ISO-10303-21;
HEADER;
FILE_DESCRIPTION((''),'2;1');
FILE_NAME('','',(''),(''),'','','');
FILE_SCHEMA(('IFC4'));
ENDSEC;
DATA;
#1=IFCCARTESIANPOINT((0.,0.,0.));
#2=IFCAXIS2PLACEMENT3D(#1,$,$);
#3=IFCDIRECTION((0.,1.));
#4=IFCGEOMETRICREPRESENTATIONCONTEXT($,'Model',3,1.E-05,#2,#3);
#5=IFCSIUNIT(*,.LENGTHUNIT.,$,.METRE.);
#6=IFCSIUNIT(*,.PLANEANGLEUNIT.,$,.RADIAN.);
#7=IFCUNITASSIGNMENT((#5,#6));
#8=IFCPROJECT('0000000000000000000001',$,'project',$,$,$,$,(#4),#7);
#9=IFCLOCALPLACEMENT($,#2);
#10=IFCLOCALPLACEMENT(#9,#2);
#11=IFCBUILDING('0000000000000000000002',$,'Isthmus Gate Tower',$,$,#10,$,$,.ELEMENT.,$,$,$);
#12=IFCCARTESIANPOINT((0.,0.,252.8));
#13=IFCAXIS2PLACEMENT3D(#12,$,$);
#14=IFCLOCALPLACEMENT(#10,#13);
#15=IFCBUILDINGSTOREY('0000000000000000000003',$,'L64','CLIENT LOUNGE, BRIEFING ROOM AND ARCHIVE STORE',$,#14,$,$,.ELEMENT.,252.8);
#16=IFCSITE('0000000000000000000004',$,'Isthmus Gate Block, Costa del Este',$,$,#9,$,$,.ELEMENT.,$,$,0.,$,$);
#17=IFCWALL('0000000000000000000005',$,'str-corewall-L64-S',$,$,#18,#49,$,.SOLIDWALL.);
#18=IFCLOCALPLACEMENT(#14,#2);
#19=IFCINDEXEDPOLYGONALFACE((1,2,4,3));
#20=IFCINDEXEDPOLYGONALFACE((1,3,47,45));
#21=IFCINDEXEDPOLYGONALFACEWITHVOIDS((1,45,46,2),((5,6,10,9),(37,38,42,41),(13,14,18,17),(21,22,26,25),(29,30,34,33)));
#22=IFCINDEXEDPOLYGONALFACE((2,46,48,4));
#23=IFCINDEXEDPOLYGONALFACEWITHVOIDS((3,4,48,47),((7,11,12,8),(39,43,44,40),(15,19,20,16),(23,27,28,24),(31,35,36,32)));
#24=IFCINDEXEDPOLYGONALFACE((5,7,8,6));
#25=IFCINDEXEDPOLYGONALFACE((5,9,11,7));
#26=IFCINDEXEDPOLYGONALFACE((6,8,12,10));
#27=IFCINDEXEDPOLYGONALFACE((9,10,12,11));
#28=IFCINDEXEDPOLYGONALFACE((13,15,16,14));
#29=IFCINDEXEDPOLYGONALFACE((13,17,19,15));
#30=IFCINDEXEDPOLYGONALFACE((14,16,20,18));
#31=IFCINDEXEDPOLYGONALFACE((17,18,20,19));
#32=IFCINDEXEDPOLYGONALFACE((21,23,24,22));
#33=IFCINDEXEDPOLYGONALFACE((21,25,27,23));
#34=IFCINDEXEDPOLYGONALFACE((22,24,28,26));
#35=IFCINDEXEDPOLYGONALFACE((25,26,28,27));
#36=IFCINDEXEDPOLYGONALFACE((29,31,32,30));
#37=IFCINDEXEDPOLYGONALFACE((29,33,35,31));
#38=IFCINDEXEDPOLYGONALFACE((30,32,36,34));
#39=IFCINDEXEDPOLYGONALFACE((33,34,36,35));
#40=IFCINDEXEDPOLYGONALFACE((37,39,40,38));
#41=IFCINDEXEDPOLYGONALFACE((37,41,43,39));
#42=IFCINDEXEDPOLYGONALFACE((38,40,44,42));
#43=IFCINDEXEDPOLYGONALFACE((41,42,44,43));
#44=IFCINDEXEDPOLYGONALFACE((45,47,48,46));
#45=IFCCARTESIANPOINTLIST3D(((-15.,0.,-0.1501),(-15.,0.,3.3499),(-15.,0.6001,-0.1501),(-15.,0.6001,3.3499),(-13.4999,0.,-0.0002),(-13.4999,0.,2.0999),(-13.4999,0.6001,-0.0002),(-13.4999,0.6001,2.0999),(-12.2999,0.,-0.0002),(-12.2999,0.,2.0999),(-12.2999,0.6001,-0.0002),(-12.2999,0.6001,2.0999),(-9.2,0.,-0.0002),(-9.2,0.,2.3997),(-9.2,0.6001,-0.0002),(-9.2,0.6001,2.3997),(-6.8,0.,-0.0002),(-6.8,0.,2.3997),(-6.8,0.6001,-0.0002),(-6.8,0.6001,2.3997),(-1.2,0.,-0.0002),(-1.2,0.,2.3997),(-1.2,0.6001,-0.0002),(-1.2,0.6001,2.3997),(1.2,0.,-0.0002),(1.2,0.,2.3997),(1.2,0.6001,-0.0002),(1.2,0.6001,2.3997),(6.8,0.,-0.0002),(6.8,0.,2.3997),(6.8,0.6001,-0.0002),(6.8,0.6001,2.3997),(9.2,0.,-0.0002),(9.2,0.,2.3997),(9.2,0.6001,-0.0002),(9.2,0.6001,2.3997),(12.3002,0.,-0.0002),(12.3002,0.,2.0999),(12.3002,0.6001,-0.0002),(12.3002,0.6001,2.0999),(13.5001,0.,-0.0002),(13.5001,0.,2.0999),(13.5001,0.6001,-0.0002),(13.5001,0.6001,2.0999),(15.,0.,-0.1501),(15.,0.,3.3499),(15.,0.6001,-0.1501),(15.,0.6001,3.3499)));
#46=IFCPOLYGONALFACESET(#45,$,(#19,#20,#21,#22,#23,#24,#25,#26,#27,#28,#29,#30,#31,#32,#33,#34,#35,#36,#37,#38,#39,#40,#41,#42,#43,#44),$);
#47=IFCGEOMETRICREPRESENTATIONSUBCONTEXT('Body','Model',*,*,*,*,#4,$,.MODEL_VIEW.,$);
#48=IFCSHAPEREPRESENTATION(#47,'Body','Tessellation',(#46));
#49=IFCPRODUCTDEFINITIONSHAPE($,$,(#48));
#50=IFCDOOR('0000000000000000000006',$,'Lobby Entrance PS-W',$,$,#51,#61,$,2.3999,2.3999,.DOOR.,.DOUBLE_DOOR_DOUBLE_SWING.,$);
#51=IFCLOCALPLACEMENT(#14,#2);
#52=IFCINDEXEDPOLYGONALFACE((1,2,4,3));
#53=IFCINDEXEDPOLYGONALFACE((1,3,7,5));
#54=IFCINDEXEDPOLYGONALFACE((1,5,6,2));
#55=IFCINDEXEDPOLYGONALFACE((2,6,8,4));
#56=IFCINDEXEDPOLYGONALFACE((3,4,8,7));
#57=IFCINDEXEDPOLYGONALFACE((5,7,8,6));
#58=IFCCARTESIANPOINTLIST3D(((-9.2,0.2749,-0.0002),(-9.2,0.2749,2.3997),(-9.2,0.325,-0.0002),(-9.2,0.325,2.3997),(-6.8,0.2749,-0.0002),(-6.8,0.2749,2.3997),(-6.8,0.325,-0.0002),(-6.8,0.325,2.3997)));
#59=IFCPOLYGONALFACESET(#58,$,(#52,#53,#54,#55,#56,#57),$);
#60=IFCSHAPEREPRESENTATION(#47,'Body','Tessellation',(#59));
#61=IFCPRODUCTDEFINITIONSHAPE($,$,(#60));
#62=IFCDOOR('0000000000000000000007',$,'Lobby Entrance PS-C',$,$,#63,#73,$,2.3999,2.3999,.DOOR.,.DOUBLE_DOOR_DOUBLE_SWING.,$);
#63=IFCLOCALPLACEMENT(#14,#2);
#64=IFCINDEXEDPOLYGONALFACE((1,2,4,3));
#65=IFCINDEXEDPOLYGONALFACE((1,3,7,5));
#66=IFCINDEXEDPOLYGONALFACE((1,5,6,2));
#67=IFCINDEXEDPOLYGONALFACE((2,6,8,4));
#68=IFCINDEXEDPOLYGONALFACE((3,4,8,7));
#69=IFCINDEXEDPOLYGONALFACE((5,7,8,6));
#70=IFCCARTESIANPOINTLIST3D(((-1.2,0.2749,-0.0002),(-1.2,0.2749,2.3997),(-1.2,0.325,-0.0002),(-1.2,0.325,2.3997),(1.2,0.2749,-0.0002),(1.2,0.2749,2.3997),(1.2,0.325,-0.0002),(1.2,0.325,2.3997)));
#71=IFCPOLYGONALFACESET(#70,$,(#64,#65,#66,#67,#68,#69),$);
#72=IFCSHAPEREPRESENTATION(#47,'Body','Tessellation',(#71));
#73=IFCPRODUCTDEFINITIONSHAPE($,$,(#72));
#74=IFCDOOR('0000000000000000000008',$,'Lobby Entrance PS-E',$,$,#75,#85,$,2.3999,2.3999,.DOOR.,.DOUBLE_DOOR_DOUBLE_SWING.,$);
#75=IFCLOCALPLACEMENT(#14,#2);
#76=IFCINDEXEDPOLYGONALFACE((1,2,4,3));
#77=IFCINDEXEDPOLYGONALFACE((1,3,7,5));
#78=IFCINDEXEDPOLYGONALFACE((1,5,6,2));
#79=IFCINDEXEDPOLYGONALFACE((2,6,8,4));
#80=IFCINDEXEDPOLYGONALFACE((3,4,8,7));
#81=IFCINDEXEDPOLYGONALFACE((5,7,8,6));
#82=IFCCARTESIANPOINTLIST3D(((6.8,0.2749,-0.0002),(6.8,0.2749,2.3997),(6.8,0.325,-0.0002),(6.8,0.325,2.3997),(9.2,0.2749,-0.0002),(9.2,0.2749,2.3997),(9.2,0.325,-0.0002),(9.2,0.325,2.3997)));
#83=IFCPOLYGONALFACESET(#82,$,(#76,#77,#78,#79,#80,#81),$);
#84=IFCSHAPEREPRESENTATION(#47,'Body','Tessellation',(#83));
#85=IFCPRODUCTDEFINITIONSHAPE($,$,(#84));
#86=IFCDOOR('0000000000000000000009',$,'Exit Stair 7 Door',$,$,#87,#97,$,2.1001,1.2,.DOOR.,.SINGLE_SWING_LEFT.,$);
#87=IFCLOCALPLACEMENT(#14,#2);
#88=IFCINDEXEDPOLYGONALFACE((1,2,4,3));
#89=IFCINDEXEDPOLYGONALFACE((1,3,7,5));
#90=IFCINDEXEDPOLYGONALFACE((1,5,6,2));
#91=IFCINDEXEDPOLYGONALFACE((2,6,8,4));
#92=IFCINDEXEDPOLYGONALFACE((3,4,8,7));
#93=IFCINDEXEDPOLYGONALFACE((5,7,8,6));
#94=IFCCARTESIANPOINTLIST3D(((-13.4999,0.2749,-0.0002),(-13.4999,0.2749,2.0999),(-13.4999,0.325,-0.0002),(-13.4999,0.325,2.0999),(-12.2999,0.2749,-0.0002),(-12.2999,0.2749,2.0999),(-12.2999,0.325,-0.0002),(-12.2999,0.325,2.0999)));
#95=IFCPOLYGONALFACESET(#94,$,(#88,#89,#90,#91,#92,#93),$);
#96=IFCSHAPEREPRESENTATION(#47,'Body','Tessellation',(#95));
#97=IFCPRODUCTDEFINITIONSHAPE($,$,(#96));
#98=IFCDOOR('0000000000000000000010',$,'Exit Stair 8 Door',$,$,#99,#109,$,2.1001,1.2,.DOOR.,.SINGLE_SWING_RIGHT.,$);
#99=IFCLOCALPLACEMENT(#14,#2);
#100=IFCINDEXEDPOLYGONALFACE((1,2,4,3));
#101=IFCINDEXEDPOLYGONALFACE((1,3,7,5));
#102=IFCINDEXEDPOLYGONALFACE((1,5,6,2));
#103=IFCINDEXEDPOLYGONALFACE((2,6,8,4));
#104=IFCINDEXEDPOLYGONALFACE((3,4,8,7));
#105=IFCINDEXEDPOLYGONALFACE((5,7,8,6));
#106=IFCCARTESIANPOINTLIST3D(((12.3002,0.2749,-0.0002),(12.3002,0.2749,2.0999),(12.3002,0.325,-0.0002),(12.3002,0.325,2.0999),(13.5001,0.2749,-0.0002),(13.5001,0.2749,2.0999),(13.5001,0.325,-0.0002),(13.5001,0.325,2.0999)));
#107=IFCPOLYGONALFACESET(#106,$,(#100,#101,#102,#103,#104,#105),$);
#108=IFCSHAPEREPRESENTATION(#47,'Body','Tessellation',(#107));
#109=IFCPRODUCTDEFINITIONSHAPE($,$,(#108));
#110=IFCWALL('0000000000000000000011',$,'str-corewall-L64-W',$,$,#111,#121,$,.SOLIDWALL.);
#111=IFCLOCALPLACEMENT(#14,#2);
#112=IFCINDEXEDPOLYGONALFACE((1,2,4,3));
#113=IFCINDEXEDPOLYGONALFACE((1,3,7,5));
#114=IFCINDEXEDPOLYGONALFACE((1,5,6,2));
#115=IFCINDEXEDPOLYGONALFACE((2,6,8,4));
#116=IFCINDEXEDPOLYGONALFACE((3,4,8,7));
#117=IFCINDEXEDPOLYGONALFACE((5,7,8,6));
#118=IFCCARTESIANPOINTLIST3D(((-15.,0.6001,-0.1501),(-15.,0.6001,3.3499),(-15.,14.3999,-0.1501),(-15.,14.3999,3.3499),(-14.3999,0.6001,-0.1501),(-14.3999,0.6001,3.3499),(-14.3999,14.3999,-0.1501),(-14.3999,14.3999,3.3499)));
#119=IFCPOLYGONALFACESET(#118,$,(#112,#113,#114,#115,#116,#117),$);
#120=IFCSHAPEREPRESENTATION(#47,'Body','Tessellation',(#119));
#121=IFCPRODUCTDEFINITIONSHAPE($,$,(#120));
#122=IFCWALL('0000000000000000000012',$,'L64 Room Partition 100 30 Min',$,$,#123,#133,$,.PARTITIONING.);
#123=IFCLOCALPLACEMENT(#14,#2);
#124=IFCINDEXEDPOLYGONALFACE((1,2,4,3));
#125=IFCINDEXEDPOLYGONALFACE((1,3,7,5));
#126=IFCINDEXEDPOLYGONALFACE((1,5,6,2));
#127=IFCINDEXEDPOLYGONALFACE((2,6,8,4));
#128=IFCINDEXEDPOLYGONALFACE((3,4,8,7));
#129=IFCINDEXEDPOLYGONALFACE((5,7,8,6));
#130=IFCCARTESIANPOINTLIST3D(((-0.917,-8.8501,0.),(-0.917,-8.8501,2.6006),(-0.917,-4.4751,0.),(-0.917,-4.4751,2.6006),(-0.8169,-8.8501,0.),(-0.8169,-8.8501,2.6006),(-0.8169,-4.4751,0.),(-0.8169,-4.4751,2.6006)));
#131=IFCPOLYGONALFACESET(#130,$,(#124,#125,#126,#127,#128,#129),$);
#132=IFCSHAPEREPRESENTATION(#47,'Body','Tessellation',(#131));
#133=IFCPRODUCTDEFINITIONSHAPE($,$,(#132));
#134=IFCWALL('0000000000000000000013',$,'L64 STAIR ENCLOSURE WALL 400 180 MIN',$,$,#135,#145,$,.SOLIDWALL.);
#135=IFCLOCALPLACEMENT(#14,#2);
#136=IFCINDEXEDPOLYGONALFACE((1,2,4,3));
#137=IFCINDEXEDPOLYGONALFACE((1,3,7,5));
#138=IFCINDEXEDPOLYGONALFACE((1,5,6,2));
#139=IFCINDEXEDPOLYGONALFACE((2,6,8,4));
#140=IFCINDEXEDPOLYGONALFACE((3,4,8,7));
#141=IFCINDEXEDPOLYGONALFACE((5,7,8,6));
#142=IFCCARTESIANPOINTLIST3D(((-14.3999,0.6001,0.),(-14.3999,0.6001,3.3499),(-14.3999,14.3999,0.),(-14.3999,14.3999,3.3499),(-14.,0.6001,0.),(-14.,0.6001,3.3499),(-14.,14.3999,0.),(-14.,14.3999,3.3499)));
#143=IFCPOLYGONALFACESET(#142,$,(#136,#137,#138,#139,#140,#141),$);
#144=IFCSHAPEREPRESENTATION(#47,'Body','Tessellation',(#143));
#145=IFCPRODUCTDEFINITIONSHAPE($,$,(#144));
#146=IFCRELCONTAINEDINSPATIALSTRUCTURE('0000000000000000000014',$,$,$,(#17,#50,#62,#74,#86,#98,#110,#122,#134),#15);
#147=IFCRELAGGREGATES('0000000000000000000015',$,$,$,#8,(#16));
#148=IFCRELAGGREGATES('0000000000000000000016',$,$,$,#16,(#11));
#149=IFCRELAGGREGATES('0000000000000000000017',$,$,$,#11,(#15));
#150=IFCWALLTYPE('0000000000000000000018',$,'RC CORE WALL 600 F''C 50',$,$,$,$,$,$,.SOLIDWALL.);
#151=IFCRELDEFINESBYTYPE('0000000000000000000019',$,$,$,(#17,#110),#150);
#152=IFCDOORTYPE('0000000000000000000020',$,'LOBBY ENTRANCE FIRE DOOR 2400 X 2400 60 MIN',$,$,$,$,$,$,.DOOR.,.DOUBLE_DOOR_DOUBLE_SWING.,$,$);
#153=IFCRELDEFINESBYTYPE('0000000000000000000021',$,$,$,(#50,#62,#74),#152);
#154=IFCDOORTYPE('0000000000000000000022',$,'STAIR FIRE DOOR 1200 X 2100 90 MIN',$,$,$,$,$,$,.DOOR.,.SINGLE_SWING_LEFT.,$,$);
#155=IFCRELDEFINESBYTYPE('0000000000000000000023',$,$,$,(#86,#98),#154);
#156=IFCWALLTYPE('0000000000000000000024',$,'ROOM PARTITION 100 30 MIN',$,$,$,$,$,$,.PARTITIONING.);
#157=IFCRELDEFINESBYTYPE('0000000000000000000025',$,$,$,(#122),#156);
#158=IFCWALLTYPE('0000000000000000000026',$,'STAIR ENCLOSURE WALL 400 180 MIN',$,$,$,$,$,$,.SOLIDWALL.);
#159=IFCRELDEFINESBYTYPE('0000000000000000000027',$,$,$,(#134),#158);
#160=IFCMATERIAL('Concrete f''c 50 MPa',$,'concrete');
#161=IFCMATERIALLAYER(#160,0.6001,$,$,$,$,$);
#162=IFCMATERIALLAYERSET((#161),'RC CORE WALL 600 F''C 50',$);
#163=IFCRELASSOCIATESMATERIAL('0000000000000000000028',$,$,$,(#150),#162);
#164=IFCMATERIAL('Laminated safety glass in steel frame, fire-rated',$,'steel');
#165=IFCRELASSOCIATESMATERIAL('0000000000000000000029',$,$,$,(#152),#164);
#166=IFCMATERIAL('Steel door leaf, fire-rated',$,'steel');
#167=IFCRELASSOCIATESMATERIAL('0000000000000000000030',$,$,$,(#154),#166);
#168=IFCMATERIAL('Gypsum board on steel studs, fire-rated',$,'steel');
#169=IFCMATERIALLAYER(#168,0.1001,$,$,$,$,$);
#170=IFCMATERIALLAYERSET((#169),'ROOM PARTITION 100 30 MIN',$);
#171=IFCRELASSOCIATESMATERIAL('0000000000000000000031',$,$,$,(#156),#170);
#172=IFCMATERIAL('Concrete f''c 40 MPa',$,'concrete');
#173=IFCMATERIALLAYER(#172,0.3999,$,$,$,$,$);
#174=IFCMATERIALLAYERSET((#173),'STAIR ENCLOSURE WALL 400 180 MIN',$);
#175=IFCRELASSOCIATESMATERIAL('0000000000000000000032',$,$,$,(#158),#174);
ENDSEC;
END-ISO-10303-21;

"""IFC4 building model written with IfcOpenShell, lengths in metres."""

from ifc_helpers import new_model, si_unit, direction, frame, frame_2d, origin, place, context, subcontext, project, spatial, rectangle, extrude, material, layer, layer_set, type_object, element, fill, save


model = new_model("IFC4")

# Units and contexts
model_context = context("Model", 3, precision=1e-05, world=origin(), true_north=direction((0.0, 1.0)))
body_context = subcontext(model_context, "Body", "Model", "MODEL_VIEW")
ifc_project = project(units=[si_unit("LENGTHUNIT", "METRE"), si_unit("PLANEANGLEUNIT", "RADIAN")], contexts=[model_context])

# Site, building, storey
site_placement = place(None, origin())
site = spatial("IfcSite", under=ifc_project, at=site_placement, Name="Isthmus Gate Block, Costa del Este", CompositionType="ELEMENT", RefElevation=0.0)
building_placement = place(site_placement, origin())
building = spatial("IfcBuilding", under=site, at=building_placement, Name="Isthmus Gate Tower", CompositionType="ELEMENT")
storey_placement = place(building_placement, frame((0.0, 0.0, 252.8)))
storey = spatial("IfcBuildingStorey", under=building, at=storey_placement, Name="L64", Description="CLIENT LOUNGE, BRIEFING ROOM AND ARCHIVE STORE", CompositionType="ELEMENT", Elevation=252.8)

# Wall, openings, doors
ifc_material_1 = material(Name="Concrete f'c 50 MPa", Category="concrete")
ifc_layer_1 = layer(ifc_material_1, 0.6001)
ifc_layer_set_1 = layer_set([ifc_layer_1], Name="RC CORE WALL 600 F'C 50")
wall_type_1 = type_object("IfcWallType", Name="RC CORE WALL 600 F'C 50", PredefinedType="SOLIDWALL", material=ifc_layer_set_1)
wall_1_placement = place(storey_placement, frame((-15.0, 0.3, -0.1501), z_axis=(0.0, 0.0, 1.0), x_axis=(1.0, 0.0, 0.0)))
wall_1 = element("IfcWall", 1, at=wall_1_placement, inside=storey, type_object=wall_type_1, Name="str-corewall-L64-S", PredefinedType="SOLIDWALL", context=body_context, shape_type="SweptSolid", body=[
    extrude(rectangle(XDim=30.0, YDim=0.6001, at=frame_2d((15.0, 0.0))), origin(), (0.0, 0.0, 1.0), 3.5),
])
opening_1_placement = place(wall_1_placement, frame((5.8, 0.0, 0.1499)))
opening_1 = element("IfcOpeningElement", 2, at=opening_1_placement, cuts=wall_1, PredefinedType="OPENING", context=body_context, shape_type="SweptSolid", body=[
    extrude(rectangle(XDim=2.3999, YDim=2.3999, at=frame_2d((1.2, 1.2))), frame((0.0, 0.3101, 0.0), z_axis=(0.0, -1.0, 0.0), x_axis=(1.0, 0.0, 0.0)), (0.0, 0.0, 1.0), 0.6201),
])
opening_2_placement = place(wall_1_placement, frame((13.8, 0.0, 0.1499)))
opening_2 = element("IfcOpeningElement", 3, at=opening_2_placement, cuts=wall_1, PredefinedType="OPENING", context=body_context, shape_type="SweptSolid", body=[
    extrude(rectangle(XDim=2.3999, YDim=2.3999, at=frame_2d((1.2, 1.2))), frame((0.0, 0.3101, 0.0), z_axis=(0.0, -1.0, 0.0), x_axis=(1.0, 0.0, 0.0)), (0.0, 0.0, 1.0), 0.6201),
])
opening_3_placement = place(wall_1_placement, frame((21.8, 0.0, 0.1499)))
opening_3 = element("IfcOpeningElement", 4, at=opening_3_placement, cuts=wall_1, PredefinedType="OPENING", context=body_context, shape_type="SweptSolid", body=[
    extrude(rectangle(XDim=2.3999, YDim=2.3999, at=frame_2d((1.2, 1.2))), frame((0.0, 0.3101, 0.0), z_axis=(0.0, -1.0, 0.0), x_axis=(1.0, 0.0, 0.0)), (0.0, 0.0, 1.0), 0.6201),
])
opening_4_placement = place(wall_1_placement, frame((1.5, 0.0, 0.1499)))
opening_4 = element("IfcOpeningElement", 5, at=opening_4_placement, cuts=wall_1, PredefinedType="OPENING", context=body_context, shape_type="SweptSolid", body=[
    extrude(rectangle(XDim=1.2, YDim=2.1001, at=frame_2d((0.6001, 1.05))), frame((0.0, 0.3101, 0.0), z_axis=(0.0, -1.0, 0.0), x_axis=(1.0, 0.0, 0.0)), (0.0, 0.0, 1.0), 0.6201),
])
opening_5_placement = place(wall_1_placement, frame((27.3, 0.0, 0.1499)))
opening_5 = element("IfcOpeningElement", 6, at=opening_5_placement, cuts=wall_1, PredefinedType="OPENING", context=body_context, shape_type="SweptSolid", body=[
    extrude(rectangle(XDim=1.2, YDim=2.1001, at=frame_2d((0.6001, 1.05))), frame((0.0, 0.3101, 0.0), z_axis=(0.0, -1.0, 0.0), x_axis=(1.0, 0.0, 0.0)), (0.0, 0.0, 1.0), 0.6201),
])
ifc_material_2 = material(Name="Laminated safety glass in steel frame, fire-rated", Category="steel")
door_type_1 = type_object("IfcDoorType", Name="LOBBY ENTRANCE FIRE DOOR 2400 X 2400 60 MIN", OperationType="DOUBLE_DOOR_DOUBLE_SWING", PredefinedType="DOOR", material=ifc_material_2)
door_1_placement = place(opening_1_placement, origin())
door_1 = element("IfcDoor", 7, at=door_1_placement, inside=storey, type_object=door_type_1, Name="Lobby Entrance PS-W", OperationType="DOUBLE_DOOR_DOUBLE_SWING", OverallHeight=2.3999, OverallWidth=2.3999, PredefinedType="DOOR", context=body_context, shape_type="SweptSolid", body=[
    extrude(rectangle(XDim=2.3999, YDim=2.3999, at=frame_2d((1.2, 1.2))), frame((0.0, 0.0249, 0.0), z_axis=(0.0, -1.0, 0.0), x_axis=(1.0, 0.0, 0.0)), (0.0, 0.0, 1.0), 0.05),
])
fill(opening_1, door_1)
door_2_placement = place(opening_2_placement, origin())
door_2 = element("IfcDoor", 8, at=door_2_placement, inside=storey, type_object=door_type_1, Name="Lobby Entrance PS-C", OperationType="DOUBLE_DOOR_DOUBLE_SWING", OverallHeight=2.3999, OverallWidth=2.3999, PredefinedType="DOOR", context=body_context, shape_type="SweptSolid", body=[
    extrude(rectangle(XDim=2.3999, YDim=2.3999, at=frame_2d((1.2, 1.2))), frame((0.0, 0.0249, 0.0), z_axis=(0.0, -1.0, 0.0), x_axis=(1.0, 0.0, 0.0)), (0.0, 0.0, 1.0), 0.05),
])
fill(opening_2, door_2)
door_3_placement = place(opening_3_placement, origin())
door_3 = element("IfcDoor", 9, at=door_3_placement, inside=storey, type_object=door_type_1, Name="Lobby Entrance PS-E", OperationType="DOUBLE_DOOR_DOUBLE_SWING", OverallHeight=2.3999, OverallWidth=2.3999, PredefinedType="DOOR", context=body_context, shape_type="SweptSolid", body=[
    extrude(rectangle(XDim=2.3999, YDim=2.3999, at=frame_2d((1.2, 1.2))), frame((0.0, 0.0249, 0.0), z_axis=(0.0, -1.0, 0.0), x_axis=(1.0, 0.0, 0.0)), (0.0, 0.0, 1.0), 0.05),
])
fill(opening_3, door_3)
ifc_material_3 = material(Name="Steel door leaf, fire-rated", Category="steel")
door_type_2 = type_object("IfcDoorType", Name="STAIR FIRE DOOR 1200 X 2100 90 MIN", OperationType="SINGLE_SWING_LEFT", PredefinedType="DOOR", material=ifc_material_3)
door_4_placement = place(opening_4_placement, origin())
door_4 = element("IfcDoor", 10, at=door_4_placement, inside=storey, type_object=door_type_2, Name="Exit Stair 7 Door", OperationType="SINGLE_SWING_LEFT", OverallHeight=2.1001, OverallWidth=1.2, PredefinedType="DOOR", context=body_context, shape_type="SweptSolid", body=[
    extrude(rectangle(XDim=1.2, YDim=2.1001, at=frame_2d((0.6001, 1.05))), frame((0.0, 0.0249, 0.0), z_axis=(0.0, -1.0, 0.0), x_axis=(1.0, 0.0, 0.0)), (0.0, 0.0, 1.0), 0.05),
])
fill(opening_4, door_4)
door_5_placement = place(opening_5_placement, origin())
door_5 = element("IfcDoor", 11, at=door_5_placement, inside=storey, type_object=door_type_2, Name="Exit Stair 8 Door", OperationType="SINGLE_SWING_RIGHT", OverallHeight=2.1001, OverallWidth=1.2, PredefinedType="DOOR", context=body_context, shape_type="SweptSolid", body=[
    extrude(rectangle(XDim=1.2, YDim=2.1001, at=frame_2d((0.6001, 1.05))), frame((0.0, 0.0249, 0.0), z_axis=(0.0, -1.0, 0.0), x_axis=(1.0, 0.0, 0.0)), (0.0, 0.0, 1.0), 0.05),
])
fill(opening_5, door_5)

# Walls
wall_2_placement = place(storey_placement, frame((-14.7, 0.6001, -0.1501), z_axis=(0.0, 0.0, 1.0), x_axis=(0.0, 1.0, 0.0)))
element("IfcWall", 12, at=wall_2_placement, inside=storey, type_object=wall_type_1, Name="str-corewall-L64-W", PredefinedType="SOLIDWALL", context=body_context, shape_type="SweptSolid", body=[
    extrude(rectangle(XDim=13.7998, YDim=0.6001, at=frame_2d((6.8999, 0.0))), origin(), (0.0, 0.0, 1.0), 3.5),
])
ifc_material_4 = material(Name="Gypsum board on steel studs, fire-rated", Category="steel")
ifc_layer_2 = layer(ifc_material_4, 0.1001)
ifc_layer_set_2 = layer_set([ifc_layer_2], Name="ROOM PARTITION 100 30 MIN")
wall_type_2 = type_object("IfcWallType", Name="ROOM PARTITION 100 30 MIN", PredefinedType="PARTITIONING", material=ifc_layer_set_2)
wall_3_placement = place(storey_placement, frame((-0.8669, -8.8501, 0.0), z_axis=(0.0, 0.0, 1.0), x_axis=(0.0, 1.0, 0.0)))
element("IfcWall", 13, at=wall_3_placement, inside=storey, type_object=wall_type_2, Name="L64 Room Partition 100 30 Min", PredefinedType="PARTITIONING", context=body_context, shape_type="SweptSolid", body=[
    extrude(rectangle(XDim=4.375, YDim=0.1001, at=frame_2d((2.1875, 0.0))), origin(), (0.0, 0.0, 1.0), 2.6006),
])
ifc_material_5 = material(Name="Concrete f'c 40 MPa", Category="concrete")
ifc_layer_3 = layer(ifc_material_5, 0.3999)
ifc_layer_set_3 = layer_set([ifc_layer_3], Name="STAIR ENCLOSURE WALL 400 180 MIN")
wall_type_3 = type_object("IfcWallType", Name="STAIR ENCLOSURE WALL 400 180 MIN", PredefinedType="SOLIDWALL", material=ifc_layer_set_3)
wall_4_placement = place(storey_placement, frame((-14.2, 0.6001, 0.0), z_axis=(0.0, 0.0, 1.0), x_axis=(0.0, 1.0, 0.0)))
element("IfcWall", 14, at=wall_4_placement, inside=storey, type_object=wall_type_3, Name="L64 STAIR ENCLOSURE WALL 400 180 MIN", PredefinedType="SOLIDWALL", context=body_context, shape_type="SweptSolid", body=[
    extrude(rectangle(XDim=13.7998, YDim=0.3999, at=frame_2d((6.8999, 0.0))), origin(), (0.0, 0.0, 1.0), 3.3499),
])

save(model, "model.ifc")
